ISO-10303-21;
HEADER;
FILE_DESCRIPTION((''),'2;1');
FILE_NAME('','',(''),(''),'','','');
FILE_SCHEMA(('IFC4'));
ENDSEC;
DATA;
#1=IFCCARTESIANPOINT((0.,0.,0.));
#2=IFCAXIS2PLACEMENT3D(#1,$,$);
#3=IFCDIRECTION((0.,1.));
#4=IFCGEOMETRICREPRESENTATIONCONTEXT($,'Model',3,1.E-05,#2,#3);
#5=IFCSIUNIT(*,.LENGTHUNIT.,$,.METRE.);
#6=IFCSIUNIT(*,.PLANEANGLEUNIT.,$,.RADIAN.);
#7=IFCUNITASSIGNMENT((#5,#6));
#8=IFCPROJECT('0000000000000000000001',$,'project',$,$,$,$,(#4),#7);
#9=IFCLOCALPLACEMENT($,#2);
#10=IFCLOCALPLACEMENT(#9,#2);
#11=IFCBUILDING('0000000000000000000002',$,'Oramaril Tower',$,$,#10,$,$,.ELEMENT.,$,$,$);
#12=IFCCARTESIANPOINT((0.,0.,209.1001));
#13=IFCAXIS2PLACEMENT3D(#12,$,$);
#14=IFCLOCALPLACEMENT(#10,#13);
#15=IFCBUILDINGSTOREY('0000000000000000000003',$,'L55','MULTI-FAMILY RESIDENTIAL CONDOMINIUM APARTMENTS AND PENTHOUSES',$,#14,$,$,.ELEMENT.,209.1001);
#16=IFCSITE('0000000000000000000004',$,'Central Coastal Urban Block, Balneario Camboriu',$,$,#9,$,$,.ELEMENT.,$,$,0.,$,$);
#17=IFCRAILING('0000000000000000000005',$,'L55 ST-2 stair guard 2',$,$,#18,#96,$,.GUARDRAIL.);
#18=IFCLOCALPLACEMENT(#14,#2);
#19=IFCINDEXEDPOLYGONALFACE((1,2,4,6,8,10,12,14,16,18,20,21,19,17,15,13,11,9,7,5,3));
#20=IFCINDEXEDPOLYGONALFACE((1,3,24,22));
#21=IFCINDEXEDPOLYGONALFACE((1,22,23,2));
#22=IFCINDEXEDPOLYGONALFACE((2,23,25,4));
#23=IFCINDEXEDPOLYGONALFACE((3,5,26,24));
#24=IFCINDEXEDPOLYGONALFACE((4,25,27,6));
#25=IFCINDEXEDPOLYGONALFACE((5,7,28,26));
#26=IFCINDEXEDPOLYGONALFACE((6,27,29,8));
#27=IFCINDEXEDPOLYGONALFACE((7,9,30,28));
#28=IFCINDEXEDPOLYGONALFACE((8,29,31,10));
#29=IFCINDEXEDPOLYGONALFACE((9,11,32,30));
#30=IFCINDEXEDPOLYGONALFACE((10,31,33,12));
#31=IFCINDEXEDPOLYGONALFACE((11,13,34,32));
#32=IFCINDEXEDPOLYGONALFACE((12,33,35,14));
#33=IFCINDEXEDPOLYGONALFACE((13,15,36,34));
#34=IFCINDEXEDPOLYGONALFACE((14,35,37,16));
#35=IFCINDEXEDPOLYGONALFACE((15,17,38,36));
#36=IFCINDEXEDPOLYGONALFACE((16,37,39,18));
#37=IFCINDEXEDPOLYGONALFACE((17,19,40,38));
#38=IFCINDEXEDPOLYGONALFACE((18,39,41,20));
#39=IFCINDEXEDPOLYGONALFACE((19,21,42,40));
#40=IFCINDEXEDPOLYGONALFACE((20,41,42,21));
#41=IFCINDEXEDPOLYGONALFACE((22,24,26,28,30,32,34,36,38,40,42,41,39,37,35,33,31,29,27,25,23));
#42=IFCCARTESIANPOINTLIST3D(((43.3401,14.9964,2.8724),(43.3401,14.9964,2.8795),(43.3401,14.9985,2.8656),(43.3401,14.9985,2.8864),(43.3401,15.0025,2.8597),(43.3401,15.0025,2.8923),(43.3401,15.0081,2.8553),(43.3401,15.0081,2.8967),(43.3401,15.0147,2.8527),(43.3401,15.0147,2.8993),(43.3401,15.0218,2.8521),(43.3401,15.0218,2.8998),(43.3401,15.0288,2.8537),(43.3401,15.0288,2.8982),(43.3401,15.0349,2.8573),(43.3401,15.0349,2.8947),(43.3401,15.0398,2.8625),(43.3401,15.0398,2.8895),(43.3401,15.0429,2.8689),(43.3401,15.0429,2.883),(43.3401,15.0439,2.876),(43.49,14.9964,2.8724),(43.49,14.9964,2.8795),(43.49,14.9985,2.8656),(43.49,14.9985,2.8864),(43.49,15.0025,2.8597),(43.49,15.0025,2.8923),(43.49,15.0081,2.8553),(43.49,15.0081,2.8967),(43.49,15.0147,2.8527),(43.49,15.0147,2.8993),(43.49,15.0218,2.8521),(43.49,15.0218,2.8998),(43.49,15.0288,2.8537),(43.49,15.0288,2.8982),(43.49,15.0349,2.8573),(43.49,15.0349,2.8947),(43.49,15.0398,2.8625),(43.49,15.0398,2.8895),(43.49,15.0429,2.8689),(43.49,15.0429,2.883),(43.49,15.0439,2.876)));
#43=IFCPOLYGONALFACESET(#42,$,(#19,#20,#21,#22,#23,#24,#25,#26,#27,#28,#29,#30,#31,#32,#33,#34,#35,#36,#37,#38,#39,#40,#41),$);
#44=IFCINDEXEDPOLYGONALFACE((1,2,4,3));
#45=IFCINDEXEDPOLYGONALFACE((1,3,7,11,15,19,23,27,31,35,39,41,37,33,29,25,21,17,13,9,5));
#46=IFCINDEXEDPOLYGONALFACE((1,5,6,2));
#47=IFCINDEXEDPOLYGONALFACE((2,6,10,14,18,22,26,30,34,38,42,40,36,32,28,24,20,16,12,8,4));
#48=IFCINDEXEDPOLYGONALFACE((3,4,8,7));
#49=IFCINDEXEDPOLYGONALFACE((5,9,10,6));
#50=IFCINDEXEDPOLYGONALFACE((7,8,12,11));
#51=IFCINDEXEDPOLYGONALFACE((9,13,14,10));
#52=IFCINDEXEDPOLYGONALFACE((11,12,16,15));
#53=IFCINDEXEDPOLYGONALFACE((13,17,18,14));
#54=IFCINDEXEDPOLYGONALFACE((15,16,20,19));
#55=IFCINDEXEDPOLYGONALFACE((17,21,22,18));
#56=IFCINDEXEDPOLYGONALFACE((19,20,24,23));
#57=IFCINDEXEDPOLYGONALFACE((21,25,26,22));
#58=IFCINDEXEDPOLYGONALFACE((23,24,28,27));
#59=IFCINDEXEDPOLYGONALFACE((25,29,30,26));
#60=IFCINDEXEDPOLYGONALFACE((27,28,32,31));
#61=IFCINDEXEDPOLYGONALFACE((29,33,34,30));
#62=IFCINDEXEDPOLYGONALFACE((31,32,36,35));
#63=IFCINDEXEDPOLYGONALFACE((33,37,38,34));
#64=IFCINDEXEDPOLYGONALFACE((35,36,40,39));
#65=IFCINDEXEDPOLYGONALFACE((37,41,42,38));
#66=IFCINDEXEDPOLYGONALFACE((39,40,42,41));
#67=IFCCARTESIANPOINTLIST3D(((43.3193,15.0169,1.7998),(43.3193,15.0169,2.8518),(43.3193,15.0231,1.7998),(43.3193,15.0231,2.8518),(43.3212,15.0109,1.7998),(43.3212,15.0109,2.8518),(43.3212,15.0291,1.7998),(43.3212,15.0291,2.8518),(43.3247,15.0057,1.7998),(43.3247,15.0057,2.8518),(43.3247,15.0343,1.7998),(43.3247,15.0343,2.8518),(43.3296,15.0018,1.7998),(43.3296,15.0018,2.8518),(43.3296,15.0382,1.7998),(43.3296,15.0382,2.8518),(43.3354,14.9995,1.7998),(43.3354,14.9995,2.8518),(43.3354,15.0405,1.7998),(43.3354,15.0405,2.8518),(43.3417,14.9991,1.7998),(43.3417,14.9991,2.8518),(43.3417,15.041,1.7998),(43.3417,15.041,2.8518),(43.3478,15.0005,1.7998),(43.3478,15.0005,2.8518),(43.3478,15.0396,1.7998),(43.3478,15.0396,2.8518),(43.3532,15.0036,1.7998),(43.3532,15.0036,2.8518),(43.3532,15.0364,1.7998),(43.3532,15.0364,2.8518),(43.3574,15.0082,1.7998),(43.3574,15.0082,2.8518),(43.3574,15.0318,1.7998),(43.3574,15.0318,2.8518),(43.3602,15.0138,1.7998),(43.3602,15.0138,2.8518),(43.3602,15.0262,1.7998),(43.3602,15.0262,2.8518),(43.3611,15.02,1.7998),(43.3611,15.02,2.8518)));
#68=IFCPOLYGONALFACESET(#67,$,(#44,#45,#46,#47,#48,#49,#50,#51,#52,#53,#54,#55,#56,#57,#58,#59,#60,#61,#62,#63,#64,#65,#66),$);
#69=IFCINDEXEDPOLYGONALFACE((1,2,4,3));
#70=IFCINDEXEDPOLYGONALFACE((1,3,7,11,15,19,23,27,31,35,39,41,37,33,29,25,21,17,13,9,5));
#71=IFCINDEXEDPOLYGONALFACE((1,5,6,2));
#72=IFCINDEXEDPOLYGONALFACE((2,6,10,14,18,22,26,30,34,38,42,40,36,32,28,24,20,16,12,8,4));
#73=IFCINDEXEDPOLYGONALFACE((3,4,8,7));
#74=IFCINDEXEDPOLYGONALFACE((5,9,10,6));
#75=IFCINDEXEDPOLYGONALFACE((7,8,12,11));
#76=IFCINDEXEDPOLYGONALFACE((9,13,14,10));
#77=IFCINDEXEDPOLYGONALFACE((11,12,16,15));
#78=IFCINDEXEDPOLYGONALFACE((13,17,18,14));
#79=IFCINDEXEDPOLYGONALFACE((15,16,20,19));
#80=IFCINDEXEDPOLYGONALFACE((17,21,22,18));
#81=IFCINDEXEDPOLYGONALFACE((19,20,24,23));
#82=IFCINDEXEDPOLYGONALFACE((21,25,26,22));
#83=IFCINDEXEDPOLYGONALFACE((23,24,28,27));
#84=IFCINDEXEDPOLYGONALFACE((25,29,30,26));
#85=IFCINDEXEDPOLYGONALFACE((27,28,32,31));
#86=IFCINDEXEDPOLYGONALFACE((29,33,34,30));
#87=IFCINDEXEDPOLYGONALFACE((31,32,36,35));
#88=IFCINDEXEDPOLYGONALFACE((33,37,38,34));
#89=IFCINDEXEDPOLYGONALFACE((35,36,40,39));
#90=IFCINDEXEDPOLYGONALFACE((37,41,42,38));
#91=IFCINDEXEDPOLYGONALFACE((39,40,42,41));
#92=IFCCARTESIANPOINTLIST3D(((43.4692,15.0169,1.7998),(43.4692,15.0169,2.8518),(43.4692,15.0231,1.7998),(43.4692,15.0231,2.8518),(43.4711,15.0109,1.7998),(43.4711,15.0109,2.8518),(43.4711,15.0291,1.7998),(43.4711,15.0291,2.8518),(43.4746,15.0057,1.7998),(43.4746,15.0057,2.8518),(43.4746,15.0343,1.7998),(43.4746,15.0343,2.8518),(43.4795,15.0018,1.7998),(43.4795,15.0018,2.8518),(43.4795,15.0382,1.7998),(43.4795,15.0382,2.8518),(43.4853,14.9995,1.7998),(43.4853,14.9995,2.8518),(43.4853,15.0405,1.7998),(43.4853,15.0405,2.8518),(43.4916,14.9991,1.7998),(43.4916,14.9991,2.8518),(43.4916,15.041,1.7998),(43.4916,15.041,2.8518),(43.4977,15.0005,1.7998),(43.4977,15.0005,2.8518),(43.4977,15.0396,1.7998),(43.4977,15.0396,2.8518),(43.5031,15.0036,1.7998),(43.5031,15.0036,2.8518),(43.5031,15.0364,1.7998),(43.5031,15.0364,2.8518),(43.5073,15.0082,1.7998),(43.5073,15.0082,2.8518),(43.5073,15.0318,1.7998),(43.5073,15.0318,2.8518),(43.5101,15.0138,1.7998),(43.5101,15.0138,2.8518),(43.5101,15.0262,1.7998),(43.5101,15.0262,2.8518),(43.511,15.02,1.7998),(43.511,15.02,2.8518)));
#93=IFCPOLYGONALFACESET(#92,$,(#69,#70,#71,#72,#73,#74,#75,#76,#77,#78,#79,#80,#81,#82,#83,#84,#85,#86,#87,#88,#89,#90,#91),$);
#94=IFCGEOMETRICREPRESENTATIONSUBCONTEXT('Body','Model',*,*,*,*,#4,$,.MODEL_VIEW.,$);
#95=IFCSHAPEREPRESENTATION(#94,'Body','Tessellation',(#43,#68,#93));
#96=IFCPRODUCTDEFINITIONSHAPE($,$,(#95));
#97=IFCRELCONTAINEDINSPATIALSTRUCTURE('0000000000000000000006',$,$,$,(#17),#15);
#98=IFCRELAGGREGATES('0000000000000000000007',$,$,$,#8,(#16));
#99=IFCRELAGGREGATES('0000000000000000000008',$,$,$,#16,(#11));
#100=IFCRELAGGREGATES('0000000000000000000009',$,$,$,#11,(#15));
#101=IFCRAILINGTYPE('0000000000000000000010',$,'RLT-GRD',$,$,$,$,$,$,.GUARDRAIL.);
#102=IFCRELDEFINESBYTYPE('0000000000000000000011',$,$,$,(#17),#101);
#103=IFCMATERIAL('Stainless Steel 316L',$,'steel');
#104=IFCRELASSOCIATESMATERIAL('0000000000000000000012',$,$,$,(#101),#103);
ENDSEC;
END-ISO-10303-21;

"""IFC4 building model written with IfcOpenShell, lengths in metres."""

from ifc_helpers import new_model, si_unit, direction, frame, origin, origin_2d, place, context, subcontext, project, spatial, circle, extrude, material, type_object, element, save


model = new_model("IFC4")

# Units and contexts
model_context = context("Model", 3, precision=1e-05, world=origin(), true_north=direction((0.0, 1.0)))
body_context = subcontext(model_context, "Body", "Model", "MODEL_VIEW")
ifc_project = project(units=[si_unit("LENGTHUNIT", "METRE"), si_unit("PLANEANGLEUNIT", "RADIAN")], contexts=[model_context])

# Site, building, storey
site_placement = place(None, origin())
site = spatial("IfcSite", under=ifc_project, at=site_placement, Name="Central Coastal Urban Block, Balneario Camboriu", CompositionType="ELEMENT", RefElevation=0.0)
building_placement = place(site_placement, origin())
building = spatial("IfcBuilding", under=site, at=building_placement, Name="Oramaril Tower", CompositionType="ELEMENT")
storey_placement = place(building_placement, frame((0.0, 0.0, 209.1001)))
storey = spatial("IfcBuildingStorey", under=building, at=storey_placement, Name="L55", Description="MULTI-FAMILY RESIDENTIAL CONDOMINIUM APARTMENTS AND PENTHOUSES", CompositionType="ELEMENT", Elevation=209.1001)

# Railing
ifc_material_1 = material(Name="Stainless Steel 316L", Category="steel")
railing_type = type_object("IfcRailingType", Name="RLT-GRD", PredefinedType="GUARDRAIL", material=ifc_material_1)
railing_1_placement = place(storey_placement, frame((43.3401, 15.02, 1.7998)))
element("IfcRailing", 1, at=railing_1_placement, inside=storey, type_object=railing_type, Name="L55 ST-2 stair guard 2", PredefinedType="GUARDRAIL", context=body_context, shape_type="SweptSolid", body=[
    extrude(circle(Radius=0.0239, at=origin_2d()), frame((0.0, 0.0, 1.0762), z_axis=(1.0, 0.0, 0.0), x_axis=(0.0, 1.0, 0.0)), (0.0, 0.0, 1.0), 0.1499),
    extrude(circle(Radius=0.021, at=origin_2d()), origin(), (0.0, 0.0, 1.0), 1.052),
    extrude(circle(Radius=0.021, at=origin_2d()), frame((0.1499, 0.0, 0.0)), (0.0, 0.0, 1.0), 1.052),
])

save(model, "model.ifc")
